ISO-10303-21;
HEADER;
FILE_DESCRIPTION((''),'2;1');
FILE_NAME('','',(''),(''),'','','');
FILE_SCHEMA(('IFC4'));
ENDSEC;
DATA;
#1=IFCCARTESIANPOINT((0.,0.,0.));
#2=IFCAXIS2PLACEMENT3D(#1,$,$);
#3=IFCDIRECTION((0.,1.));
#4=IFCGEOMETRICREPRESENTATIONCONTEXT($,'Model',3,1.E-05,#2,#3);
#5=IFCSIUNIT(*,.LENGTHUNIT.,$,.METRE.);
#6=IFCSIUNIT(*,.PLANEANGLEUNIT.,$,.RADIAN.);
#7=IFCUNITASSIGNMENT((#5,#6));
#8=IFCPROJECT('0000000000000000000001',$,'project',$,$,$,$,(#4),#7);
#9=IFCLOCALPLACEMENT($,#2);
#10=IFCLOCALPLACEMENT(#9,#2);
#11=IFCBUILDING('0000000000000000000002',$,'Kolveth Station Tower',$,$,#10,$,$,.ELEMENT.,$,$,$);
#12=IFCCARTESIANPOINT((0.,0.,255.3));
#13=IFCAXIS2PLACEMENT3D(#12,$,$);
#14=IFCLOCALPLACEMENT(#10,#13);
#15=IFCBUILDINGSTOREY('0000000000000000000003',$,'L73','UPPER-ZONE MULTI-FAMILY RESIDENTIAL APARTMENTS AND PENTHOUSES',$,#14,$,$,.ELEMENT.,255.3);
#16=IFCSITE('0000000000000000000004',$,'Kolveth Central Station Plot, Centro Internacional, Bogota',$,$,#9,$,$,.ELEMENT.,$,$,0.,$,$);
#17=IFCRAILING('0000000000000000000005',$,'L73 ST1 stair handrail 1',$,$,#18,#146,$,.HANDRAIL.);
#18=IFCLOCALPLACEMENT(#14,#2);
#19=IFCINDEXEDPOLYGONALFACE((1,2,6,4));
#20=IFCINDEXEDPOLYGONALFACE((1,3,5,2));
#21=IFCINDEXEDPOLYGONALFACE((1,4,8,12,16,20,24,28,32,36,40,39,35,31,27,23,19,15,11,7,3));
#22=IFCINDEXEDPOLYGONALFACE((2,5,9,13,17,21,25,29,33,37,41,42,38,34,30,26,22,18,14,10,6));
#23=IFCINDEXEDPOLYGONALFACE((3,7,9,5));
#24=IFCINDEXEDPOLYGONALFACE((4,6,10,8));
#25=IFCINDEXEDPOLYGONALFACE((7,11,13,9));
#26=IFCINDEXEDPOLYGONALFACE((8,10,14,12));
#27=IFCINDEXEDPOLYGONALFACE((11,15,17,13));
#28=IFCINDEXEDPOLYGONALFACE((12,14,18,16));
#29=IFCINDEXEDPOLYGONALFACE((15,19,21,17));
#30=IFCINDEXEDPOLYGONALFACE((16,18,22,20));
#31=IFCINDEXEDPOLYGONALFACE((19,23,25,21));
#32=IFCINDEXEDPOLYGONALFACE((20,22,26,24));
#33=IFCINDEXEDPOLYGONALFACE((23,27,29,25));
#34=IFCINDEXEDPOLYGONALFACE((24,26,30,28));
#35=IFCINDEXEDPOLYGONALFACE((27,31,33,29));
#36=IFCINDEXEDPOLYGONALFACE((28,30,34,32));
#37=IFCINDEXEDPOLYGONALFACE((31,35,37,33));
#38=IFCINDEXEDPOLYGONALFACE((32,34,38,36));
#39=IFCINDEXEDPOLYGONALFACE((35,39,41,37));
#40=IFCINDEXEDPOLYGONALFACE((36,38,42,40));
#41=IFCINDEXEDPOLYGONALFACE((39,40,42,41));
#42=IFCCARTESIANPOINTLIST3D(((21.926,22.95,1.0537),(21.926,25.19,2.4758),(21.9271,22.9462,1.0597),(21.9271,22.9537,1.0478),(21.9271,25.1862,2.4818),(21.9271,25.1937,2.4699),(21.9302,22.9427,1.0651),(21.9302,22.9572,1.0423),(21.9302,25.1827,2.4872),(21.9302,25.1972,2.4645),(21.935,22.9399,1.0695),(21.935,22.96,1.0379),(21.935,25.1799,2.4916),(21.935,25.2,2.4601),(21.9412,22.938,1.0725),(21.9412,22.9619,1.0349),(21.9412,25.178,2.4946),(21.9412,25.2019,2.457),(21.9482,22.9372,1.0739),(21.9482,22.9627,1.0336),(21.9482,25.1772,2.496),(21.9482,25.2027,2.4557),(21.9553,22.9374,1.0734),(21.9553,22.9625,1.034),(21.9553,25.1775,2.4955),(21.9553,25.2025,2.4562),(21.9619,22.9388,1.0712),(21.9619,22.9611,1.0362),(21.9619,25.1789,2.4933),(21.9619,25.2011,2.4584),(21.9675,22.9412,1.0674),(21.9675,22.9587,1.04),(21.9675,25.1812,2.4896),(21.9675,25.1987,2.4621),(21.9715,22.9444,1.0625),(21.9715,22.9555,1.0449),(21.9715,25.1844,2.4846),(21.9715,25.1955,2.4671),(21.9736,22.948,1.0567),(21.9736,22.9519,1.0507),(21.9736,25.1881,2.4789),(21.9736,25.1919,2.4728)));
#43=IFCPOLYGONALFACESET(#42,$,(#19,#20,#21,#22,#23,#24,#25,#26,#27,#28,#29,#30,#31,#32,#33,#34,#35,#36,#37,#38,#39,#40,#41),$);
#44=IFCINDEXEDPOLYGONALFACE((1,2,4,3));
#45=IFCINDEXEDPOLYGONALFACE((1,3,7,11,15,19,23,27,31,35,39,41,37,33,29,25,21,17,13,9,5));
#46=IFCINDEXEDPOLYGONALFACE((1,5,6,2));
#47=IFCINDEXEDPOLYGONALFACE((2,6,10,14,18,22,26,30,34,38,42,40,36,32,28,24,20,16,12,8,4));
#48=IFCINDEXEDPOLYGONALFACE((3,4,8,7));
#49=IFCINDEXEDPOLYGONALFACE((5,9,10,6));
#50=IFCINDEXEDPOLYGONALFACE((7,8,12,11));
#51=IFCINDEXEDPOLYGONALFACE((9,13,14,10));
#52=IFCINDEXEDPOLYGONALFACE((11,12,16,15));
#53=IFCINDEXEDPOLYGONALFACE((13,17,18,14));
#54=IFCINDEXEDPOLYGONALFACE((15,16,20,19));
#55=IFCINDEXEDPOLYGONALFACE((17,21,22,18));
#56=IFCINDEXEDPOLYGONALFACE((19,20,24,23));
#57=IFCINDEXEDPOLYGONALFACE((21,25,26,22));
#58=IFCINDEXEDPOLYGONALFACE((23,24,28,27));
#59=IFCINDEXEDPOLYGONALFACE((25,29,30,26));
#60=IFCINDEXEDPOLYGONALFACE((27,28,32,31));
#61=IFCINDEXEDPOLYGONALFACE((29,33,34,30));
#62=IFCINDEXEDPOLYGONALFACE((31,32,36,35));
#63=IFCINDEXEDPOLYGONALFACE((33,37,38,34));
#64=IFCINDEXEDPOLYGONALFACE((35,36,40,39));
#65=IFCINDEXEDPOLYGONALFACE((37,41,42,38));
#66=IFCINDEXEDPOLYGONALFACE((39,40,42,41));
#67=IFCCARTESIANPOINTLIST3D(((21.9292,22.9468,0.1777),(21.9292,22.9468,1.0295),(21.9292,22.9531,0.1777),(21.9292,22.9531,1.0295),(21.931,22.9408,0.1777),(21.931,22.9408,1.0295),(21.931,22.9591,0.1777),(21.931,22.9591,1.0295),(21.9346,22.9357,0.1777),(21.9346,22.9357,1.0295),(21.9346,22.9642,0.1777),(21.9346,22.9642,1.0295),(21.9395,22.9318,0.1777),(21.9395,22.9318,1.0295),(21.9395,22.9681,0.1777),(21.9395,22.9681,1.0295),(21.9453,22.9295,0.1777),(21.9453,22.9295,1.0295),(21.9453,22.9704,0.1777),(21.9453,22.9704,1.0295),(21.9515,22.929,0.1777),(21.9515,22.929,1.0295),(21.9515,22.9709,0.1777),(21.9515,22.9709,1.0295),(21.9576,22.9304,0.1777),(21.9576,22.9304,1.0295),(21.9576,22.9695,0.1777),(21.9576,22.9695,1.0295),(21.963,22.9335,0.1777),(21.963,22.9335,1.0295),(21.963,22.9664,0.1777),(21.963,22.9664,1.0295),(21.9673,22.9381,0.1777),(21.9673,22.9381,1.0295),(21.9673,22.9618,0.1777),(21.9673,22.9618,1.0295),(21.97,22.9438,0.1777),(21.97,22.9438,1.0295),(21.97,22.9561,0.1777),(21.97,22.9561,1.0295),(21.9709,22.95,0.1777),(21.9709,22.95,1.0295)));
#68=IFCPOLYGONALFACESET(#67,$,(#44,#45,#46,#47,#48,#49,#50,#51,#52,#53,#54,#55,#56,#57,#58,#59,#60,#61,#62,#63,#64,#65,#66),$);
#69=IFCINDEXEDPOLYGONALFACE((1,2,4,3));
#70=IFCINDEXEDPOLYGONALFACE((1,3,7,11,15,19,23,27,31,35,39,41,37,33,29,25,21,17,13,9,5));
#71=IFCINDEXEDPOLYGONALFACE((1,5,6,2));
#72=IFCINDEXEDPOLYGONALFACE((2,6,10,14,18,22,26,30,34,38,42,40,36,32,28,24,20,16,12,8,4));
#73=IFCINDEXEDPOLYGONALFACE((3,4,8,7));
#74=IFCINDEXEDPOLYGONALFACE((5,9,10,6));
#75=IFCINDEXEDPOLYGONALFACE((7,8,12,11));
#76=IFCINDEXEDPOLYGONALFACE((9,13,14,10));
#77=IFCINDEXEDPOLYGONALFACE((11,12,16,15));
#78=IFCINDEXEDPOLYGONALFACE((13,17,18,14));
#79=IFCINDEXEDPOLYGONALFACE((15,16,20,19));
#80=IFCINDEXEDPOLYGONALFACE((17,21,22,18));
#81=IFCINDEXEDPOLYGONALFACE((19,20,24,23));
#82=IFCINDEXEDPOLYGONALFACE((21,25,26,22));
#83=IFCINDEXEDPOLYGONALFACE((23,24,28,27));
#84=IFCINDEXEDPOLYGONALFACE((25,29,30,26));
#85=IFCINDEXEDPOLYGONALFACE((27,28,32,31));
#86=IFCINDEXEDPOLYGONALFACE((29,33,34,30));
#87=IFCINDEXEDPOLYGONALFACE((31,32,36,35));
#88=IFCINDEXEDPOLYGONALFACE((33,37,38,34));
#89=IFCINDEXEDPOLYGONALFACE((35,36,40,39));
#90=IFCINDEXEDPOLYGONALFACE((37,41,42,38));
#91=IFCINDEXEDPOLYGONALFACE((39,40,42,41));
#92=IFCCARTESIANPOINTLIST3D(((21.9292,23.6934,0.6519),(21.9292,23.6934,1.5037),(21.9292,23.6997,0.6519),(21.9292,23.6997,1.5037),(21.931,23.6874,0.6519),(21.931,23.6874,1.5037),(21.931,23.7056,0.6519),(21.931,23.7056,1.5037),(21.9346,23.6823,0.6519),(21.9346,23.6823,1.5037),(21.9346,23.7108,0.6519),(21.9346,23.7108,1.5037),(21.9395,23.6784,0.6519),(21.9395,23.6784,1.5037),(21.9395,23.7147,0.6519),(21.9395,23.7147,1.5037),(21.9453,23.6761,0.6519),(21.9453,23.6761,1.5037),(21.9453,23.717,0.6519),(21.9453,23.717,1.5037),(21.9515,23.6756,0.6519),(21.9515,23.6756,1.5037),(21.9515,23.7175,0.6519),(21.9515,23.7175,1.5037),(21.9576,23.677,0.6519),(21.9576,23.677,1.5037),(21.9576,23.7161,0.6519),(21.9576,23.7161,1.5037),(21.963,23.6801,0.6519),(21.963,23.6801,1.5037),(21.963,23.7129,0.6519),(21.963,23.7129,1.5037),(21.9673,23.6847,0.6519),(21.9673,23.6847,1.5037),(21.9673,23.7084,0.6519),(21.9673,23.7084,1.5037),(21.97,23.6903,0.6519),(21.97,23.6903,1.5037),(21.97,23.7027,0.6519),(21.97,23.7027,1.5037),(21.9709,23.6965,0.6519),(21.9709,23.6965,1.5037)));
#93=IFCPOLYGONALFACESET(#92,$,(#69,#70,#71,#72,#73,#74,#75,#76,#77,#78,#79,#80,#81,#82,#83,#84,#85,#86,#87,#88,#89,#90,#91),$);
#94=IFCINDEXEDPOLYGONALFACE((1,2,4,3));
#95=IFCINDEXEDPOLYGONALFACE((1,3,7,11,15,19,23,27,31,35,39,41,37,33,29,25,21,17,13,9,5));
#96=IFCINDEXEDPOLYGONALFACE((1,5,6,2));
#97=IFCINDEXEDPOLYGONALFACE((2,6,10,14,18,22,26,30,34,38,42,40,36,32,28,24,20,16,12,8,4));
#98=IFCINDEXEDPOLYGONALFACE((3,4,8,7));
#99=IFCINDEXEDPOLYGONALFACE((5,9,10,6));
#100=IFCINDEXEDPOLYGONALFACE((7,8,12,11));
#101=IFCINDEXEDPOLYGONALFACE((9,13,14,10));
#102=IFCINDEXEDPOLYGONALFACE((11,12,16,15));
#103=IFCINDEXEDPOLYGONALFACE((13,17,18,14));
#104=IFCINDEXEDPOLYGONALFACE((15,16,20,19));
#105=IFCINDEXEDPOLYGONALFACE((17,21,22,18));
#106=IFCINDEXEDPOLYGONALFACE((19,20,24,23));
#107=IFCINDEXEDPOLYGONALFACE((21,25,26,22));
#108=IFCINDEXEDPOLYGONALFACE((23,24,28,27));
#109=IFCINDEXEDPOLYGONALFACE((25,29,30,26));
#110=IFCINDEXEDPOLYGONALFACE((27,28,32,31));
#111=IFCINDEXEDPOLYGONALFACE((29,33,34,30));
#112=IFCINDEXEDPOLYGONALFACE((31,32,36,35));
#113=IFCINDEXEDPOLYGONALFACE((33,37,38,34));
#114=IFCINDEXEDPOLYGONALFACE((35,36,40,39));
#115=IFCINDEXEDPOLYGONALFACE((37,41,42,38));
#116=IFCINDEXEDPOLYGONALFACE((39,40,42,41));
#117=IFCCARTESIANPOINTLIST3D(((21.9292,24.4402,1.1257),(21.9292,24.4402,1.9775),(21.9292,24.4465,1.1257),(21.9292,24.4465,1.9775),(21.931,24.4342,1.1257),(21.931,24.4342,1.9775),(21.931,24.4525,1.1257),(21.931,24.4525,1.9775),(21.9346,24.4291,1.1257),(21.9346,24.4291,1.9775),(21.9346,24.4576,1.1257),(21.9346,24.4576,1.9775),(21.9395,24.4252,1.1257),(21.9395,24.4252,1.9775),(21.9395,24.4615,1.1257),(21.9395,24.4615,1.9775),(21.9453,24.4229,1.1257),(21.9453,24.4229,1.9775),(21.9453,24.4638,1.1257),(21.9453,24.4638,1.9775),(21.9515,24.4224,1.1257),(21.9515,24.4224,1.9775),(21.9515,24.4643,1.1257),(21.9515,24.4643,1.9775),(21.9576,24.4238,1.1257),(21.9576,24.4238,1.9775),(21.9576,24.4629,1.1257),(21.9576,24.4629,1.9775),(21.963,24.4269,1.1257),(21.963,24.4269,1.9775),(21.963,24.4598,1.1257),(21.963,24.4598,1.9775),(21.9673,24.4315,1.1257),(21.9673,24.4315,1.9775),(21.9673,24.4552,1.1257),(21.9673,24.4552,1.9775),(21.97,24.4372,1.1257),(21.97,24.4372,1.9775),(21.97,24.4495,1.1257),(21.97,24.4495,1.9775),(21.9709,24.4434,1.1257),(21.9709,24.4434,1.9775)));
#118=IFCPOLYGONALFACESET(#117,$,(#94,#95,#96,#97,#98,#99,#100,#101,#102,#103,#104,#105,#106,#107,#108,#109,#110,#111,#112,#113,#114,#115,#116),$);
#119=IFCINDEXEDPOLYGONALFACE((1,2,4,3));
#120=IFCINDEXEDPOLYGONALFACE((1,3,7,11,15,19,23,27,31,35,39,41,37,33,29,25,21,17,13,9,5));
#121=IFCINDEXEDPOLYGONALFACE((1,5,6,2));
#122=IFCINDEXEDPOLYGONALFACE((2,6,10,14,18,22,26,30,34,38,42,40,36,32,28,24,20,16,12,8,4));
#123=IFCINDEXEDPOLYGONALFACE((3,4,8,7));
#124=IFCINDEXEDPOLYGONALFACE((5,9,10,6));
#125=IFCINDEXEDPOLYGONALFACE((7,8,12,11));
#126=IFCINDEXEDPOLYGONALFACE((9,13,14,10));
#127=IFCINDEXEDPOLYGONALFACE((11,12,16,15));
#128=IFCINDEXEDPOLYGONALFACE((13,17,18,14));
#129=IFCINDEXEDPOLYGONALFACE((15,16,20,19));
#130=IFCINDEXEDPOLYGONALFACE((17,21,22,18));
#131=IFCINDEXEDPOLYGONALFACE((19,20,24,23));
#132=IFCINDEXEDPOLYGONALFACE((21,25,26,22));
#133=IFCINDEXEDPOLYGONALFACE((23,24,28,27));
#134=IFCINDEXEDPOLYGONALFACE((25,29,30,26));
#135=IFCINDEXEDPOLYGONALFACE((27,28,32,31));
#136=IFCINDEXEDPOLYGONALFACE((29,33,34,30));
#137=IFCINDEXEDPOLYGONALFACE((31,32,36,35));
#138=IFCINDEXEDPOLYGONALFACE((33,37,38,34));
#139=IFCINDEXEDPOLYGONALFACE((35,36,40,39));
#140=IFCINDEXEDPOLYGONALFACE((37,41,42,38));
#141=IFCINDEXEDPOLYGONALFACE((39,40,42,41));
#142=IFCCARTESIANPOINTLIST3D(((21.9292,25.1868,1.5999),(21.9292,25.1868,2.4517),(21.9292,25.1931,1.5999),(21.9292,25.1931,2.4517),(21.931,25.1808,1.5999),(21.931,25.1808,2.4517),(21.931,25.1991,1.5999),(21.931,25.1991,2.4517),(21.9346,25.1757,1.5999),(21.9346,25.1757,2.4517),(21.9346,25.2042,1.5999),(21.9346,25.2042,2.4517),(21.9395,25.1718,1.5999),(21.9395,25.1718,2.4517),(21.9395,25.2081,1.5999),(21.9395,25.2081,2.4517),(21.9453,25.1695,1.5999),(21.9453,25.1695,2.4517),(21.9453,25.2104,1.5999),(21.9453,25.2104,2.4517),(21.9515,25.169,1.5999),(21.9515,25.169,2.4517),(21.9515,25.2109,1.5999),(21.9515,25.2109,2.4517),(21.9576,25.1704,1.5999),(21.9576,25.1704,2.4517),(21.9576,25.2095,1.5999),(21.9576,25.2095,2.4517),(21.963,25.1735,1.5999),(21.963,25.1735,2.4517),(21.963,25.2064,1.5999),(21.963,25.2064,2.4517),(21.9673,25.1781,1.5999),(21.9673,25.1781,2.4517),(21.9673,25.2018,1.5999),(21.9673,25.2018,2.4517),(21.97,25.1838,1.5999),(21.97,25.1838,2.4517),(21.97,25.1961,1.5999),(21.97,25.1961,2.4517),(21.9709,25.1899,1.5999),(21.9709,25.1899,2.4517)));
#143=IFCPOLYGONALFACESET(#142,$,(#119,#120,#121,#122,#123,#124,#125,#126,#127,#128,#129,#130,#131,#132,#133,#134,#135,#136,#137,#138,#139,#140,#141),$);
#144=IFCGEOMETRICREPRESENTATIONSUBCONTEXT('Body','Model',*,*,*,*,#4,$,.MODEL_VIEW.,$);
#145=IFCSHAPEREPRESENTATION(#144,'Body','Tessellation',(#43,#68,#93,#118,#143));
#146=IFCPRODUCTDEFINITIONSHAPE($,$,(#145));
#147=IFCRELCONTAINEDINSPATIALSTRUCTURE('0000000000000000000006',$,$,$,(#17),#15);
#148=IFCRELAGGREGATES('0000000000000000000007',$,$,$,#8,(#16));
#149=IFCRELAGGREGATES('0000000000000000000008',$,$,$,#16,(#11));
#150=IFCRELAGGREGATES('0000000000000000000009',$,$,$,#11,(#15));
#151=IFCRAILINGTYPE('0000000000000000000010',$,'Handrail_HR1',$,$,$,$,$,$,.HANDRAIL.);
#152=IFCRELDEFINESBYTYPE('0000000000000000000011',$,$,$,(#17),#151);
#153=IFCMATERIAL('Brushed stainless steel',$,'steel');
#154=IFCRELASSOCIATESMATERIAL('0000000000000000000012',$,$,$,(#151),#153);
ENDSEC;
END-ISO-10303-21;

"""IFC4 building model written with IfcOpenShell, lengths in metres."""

from ifc_helpers import new_model, si_unit, direction, frame, origin, origin_2d, place, context, subcontext, project, spatial, circle, extrude, material, type_object, element, save


model = new_model("IFC4")

# Units and contexts
model_context = context("Model", 3, precision=1e-05, world=origin(), true_north=direction((0.0, 1.0)))
body_context = subcontext(model_context, "Body", "Model", "MODEL_VIEW")
ifc_project = project(units=[si_unit("LENGTHUNIT", "METRE"), si_unit("PLANEANGLEUNIT", "RADIAN")], contexts=[model_context])

# Site, building, storey
site_placement = place(None, origin())
site = spatial("IfcSite", under=ifc_project, at=site_placement, Name="Kolveth Central Station Plot, Centro Internacional, Bogota", CompositionType="ELEMENT", RefElevation=0.0)
building_placement = place(site_placement, origin())
building = spatial("IfcBuilding", under=site, at=building_placement, Name="Kolveth Station Tower", CompositionType="ELEMENT")
storey_placement = place(building_placement, frame((0.0, 0.0, 255.3)))
storey = spatial("IfcBuildingStorey", under=building, at=storey_placement, Name="L73", Description="UPPER-ZONE MULTI-FAMILY RESIDENTIAL APARTMENTS AND PENTHOUSES", CompositionType="ELEMENT", Elevation=255.3)

# Railing
ifc_material_1 = material(Name="Brushed stainless steel", Category="steel")
railing_type_1 = type_object("IfcRailingType", Name="Handrail_HR1", PredefinedType="HANDRAIL", material=ifc_material_1)
railing_1_placement = place(storey_placement, frame((21.95, 22.95, 0.1777)))
element("IfcRailing", 1, at=railing_1_placement, inside=storey, type_object=railing_type_1, Name="L73 ST1 stair handrail 1", PredefinedType="HANDRAIL", context=body_context, shape_type="SweptSolid", body=[
    extrude(circle(Radius=0.0239, at=origin_2d()), frame((0.0, 0.0, 0.876), z_axis=(0.0, 0.844229, 0.535982), x_axis=(-1.0, 0.0, 0.0)), (0.0, 0.0, 1.0), 2.6533),
    extrude(circle(Radius=0.021, at=origin_2d()), origin(), (0.0, 0.0, 1.0), 0.8518),
    extrude(circle(Radius=0.021, at=origin_2d()), frame((0.0, 0.7466, 0.4741)), (0.0, 0.0, 1.0), 0.8518),
    extrude(circle(Radius=0.021, at=origin_2d()), frame((0.0, 1.4934, 0.948)), (0.0, 0.0, 1.0), 0.8518),
    extrude(circle(Radius=0.021, at=origin_2d()), frame((0.0, 2.24, 1.4221)), (0.0, 0.0, 1.0), 0.8518),
])

save(model, "model.ifc")
